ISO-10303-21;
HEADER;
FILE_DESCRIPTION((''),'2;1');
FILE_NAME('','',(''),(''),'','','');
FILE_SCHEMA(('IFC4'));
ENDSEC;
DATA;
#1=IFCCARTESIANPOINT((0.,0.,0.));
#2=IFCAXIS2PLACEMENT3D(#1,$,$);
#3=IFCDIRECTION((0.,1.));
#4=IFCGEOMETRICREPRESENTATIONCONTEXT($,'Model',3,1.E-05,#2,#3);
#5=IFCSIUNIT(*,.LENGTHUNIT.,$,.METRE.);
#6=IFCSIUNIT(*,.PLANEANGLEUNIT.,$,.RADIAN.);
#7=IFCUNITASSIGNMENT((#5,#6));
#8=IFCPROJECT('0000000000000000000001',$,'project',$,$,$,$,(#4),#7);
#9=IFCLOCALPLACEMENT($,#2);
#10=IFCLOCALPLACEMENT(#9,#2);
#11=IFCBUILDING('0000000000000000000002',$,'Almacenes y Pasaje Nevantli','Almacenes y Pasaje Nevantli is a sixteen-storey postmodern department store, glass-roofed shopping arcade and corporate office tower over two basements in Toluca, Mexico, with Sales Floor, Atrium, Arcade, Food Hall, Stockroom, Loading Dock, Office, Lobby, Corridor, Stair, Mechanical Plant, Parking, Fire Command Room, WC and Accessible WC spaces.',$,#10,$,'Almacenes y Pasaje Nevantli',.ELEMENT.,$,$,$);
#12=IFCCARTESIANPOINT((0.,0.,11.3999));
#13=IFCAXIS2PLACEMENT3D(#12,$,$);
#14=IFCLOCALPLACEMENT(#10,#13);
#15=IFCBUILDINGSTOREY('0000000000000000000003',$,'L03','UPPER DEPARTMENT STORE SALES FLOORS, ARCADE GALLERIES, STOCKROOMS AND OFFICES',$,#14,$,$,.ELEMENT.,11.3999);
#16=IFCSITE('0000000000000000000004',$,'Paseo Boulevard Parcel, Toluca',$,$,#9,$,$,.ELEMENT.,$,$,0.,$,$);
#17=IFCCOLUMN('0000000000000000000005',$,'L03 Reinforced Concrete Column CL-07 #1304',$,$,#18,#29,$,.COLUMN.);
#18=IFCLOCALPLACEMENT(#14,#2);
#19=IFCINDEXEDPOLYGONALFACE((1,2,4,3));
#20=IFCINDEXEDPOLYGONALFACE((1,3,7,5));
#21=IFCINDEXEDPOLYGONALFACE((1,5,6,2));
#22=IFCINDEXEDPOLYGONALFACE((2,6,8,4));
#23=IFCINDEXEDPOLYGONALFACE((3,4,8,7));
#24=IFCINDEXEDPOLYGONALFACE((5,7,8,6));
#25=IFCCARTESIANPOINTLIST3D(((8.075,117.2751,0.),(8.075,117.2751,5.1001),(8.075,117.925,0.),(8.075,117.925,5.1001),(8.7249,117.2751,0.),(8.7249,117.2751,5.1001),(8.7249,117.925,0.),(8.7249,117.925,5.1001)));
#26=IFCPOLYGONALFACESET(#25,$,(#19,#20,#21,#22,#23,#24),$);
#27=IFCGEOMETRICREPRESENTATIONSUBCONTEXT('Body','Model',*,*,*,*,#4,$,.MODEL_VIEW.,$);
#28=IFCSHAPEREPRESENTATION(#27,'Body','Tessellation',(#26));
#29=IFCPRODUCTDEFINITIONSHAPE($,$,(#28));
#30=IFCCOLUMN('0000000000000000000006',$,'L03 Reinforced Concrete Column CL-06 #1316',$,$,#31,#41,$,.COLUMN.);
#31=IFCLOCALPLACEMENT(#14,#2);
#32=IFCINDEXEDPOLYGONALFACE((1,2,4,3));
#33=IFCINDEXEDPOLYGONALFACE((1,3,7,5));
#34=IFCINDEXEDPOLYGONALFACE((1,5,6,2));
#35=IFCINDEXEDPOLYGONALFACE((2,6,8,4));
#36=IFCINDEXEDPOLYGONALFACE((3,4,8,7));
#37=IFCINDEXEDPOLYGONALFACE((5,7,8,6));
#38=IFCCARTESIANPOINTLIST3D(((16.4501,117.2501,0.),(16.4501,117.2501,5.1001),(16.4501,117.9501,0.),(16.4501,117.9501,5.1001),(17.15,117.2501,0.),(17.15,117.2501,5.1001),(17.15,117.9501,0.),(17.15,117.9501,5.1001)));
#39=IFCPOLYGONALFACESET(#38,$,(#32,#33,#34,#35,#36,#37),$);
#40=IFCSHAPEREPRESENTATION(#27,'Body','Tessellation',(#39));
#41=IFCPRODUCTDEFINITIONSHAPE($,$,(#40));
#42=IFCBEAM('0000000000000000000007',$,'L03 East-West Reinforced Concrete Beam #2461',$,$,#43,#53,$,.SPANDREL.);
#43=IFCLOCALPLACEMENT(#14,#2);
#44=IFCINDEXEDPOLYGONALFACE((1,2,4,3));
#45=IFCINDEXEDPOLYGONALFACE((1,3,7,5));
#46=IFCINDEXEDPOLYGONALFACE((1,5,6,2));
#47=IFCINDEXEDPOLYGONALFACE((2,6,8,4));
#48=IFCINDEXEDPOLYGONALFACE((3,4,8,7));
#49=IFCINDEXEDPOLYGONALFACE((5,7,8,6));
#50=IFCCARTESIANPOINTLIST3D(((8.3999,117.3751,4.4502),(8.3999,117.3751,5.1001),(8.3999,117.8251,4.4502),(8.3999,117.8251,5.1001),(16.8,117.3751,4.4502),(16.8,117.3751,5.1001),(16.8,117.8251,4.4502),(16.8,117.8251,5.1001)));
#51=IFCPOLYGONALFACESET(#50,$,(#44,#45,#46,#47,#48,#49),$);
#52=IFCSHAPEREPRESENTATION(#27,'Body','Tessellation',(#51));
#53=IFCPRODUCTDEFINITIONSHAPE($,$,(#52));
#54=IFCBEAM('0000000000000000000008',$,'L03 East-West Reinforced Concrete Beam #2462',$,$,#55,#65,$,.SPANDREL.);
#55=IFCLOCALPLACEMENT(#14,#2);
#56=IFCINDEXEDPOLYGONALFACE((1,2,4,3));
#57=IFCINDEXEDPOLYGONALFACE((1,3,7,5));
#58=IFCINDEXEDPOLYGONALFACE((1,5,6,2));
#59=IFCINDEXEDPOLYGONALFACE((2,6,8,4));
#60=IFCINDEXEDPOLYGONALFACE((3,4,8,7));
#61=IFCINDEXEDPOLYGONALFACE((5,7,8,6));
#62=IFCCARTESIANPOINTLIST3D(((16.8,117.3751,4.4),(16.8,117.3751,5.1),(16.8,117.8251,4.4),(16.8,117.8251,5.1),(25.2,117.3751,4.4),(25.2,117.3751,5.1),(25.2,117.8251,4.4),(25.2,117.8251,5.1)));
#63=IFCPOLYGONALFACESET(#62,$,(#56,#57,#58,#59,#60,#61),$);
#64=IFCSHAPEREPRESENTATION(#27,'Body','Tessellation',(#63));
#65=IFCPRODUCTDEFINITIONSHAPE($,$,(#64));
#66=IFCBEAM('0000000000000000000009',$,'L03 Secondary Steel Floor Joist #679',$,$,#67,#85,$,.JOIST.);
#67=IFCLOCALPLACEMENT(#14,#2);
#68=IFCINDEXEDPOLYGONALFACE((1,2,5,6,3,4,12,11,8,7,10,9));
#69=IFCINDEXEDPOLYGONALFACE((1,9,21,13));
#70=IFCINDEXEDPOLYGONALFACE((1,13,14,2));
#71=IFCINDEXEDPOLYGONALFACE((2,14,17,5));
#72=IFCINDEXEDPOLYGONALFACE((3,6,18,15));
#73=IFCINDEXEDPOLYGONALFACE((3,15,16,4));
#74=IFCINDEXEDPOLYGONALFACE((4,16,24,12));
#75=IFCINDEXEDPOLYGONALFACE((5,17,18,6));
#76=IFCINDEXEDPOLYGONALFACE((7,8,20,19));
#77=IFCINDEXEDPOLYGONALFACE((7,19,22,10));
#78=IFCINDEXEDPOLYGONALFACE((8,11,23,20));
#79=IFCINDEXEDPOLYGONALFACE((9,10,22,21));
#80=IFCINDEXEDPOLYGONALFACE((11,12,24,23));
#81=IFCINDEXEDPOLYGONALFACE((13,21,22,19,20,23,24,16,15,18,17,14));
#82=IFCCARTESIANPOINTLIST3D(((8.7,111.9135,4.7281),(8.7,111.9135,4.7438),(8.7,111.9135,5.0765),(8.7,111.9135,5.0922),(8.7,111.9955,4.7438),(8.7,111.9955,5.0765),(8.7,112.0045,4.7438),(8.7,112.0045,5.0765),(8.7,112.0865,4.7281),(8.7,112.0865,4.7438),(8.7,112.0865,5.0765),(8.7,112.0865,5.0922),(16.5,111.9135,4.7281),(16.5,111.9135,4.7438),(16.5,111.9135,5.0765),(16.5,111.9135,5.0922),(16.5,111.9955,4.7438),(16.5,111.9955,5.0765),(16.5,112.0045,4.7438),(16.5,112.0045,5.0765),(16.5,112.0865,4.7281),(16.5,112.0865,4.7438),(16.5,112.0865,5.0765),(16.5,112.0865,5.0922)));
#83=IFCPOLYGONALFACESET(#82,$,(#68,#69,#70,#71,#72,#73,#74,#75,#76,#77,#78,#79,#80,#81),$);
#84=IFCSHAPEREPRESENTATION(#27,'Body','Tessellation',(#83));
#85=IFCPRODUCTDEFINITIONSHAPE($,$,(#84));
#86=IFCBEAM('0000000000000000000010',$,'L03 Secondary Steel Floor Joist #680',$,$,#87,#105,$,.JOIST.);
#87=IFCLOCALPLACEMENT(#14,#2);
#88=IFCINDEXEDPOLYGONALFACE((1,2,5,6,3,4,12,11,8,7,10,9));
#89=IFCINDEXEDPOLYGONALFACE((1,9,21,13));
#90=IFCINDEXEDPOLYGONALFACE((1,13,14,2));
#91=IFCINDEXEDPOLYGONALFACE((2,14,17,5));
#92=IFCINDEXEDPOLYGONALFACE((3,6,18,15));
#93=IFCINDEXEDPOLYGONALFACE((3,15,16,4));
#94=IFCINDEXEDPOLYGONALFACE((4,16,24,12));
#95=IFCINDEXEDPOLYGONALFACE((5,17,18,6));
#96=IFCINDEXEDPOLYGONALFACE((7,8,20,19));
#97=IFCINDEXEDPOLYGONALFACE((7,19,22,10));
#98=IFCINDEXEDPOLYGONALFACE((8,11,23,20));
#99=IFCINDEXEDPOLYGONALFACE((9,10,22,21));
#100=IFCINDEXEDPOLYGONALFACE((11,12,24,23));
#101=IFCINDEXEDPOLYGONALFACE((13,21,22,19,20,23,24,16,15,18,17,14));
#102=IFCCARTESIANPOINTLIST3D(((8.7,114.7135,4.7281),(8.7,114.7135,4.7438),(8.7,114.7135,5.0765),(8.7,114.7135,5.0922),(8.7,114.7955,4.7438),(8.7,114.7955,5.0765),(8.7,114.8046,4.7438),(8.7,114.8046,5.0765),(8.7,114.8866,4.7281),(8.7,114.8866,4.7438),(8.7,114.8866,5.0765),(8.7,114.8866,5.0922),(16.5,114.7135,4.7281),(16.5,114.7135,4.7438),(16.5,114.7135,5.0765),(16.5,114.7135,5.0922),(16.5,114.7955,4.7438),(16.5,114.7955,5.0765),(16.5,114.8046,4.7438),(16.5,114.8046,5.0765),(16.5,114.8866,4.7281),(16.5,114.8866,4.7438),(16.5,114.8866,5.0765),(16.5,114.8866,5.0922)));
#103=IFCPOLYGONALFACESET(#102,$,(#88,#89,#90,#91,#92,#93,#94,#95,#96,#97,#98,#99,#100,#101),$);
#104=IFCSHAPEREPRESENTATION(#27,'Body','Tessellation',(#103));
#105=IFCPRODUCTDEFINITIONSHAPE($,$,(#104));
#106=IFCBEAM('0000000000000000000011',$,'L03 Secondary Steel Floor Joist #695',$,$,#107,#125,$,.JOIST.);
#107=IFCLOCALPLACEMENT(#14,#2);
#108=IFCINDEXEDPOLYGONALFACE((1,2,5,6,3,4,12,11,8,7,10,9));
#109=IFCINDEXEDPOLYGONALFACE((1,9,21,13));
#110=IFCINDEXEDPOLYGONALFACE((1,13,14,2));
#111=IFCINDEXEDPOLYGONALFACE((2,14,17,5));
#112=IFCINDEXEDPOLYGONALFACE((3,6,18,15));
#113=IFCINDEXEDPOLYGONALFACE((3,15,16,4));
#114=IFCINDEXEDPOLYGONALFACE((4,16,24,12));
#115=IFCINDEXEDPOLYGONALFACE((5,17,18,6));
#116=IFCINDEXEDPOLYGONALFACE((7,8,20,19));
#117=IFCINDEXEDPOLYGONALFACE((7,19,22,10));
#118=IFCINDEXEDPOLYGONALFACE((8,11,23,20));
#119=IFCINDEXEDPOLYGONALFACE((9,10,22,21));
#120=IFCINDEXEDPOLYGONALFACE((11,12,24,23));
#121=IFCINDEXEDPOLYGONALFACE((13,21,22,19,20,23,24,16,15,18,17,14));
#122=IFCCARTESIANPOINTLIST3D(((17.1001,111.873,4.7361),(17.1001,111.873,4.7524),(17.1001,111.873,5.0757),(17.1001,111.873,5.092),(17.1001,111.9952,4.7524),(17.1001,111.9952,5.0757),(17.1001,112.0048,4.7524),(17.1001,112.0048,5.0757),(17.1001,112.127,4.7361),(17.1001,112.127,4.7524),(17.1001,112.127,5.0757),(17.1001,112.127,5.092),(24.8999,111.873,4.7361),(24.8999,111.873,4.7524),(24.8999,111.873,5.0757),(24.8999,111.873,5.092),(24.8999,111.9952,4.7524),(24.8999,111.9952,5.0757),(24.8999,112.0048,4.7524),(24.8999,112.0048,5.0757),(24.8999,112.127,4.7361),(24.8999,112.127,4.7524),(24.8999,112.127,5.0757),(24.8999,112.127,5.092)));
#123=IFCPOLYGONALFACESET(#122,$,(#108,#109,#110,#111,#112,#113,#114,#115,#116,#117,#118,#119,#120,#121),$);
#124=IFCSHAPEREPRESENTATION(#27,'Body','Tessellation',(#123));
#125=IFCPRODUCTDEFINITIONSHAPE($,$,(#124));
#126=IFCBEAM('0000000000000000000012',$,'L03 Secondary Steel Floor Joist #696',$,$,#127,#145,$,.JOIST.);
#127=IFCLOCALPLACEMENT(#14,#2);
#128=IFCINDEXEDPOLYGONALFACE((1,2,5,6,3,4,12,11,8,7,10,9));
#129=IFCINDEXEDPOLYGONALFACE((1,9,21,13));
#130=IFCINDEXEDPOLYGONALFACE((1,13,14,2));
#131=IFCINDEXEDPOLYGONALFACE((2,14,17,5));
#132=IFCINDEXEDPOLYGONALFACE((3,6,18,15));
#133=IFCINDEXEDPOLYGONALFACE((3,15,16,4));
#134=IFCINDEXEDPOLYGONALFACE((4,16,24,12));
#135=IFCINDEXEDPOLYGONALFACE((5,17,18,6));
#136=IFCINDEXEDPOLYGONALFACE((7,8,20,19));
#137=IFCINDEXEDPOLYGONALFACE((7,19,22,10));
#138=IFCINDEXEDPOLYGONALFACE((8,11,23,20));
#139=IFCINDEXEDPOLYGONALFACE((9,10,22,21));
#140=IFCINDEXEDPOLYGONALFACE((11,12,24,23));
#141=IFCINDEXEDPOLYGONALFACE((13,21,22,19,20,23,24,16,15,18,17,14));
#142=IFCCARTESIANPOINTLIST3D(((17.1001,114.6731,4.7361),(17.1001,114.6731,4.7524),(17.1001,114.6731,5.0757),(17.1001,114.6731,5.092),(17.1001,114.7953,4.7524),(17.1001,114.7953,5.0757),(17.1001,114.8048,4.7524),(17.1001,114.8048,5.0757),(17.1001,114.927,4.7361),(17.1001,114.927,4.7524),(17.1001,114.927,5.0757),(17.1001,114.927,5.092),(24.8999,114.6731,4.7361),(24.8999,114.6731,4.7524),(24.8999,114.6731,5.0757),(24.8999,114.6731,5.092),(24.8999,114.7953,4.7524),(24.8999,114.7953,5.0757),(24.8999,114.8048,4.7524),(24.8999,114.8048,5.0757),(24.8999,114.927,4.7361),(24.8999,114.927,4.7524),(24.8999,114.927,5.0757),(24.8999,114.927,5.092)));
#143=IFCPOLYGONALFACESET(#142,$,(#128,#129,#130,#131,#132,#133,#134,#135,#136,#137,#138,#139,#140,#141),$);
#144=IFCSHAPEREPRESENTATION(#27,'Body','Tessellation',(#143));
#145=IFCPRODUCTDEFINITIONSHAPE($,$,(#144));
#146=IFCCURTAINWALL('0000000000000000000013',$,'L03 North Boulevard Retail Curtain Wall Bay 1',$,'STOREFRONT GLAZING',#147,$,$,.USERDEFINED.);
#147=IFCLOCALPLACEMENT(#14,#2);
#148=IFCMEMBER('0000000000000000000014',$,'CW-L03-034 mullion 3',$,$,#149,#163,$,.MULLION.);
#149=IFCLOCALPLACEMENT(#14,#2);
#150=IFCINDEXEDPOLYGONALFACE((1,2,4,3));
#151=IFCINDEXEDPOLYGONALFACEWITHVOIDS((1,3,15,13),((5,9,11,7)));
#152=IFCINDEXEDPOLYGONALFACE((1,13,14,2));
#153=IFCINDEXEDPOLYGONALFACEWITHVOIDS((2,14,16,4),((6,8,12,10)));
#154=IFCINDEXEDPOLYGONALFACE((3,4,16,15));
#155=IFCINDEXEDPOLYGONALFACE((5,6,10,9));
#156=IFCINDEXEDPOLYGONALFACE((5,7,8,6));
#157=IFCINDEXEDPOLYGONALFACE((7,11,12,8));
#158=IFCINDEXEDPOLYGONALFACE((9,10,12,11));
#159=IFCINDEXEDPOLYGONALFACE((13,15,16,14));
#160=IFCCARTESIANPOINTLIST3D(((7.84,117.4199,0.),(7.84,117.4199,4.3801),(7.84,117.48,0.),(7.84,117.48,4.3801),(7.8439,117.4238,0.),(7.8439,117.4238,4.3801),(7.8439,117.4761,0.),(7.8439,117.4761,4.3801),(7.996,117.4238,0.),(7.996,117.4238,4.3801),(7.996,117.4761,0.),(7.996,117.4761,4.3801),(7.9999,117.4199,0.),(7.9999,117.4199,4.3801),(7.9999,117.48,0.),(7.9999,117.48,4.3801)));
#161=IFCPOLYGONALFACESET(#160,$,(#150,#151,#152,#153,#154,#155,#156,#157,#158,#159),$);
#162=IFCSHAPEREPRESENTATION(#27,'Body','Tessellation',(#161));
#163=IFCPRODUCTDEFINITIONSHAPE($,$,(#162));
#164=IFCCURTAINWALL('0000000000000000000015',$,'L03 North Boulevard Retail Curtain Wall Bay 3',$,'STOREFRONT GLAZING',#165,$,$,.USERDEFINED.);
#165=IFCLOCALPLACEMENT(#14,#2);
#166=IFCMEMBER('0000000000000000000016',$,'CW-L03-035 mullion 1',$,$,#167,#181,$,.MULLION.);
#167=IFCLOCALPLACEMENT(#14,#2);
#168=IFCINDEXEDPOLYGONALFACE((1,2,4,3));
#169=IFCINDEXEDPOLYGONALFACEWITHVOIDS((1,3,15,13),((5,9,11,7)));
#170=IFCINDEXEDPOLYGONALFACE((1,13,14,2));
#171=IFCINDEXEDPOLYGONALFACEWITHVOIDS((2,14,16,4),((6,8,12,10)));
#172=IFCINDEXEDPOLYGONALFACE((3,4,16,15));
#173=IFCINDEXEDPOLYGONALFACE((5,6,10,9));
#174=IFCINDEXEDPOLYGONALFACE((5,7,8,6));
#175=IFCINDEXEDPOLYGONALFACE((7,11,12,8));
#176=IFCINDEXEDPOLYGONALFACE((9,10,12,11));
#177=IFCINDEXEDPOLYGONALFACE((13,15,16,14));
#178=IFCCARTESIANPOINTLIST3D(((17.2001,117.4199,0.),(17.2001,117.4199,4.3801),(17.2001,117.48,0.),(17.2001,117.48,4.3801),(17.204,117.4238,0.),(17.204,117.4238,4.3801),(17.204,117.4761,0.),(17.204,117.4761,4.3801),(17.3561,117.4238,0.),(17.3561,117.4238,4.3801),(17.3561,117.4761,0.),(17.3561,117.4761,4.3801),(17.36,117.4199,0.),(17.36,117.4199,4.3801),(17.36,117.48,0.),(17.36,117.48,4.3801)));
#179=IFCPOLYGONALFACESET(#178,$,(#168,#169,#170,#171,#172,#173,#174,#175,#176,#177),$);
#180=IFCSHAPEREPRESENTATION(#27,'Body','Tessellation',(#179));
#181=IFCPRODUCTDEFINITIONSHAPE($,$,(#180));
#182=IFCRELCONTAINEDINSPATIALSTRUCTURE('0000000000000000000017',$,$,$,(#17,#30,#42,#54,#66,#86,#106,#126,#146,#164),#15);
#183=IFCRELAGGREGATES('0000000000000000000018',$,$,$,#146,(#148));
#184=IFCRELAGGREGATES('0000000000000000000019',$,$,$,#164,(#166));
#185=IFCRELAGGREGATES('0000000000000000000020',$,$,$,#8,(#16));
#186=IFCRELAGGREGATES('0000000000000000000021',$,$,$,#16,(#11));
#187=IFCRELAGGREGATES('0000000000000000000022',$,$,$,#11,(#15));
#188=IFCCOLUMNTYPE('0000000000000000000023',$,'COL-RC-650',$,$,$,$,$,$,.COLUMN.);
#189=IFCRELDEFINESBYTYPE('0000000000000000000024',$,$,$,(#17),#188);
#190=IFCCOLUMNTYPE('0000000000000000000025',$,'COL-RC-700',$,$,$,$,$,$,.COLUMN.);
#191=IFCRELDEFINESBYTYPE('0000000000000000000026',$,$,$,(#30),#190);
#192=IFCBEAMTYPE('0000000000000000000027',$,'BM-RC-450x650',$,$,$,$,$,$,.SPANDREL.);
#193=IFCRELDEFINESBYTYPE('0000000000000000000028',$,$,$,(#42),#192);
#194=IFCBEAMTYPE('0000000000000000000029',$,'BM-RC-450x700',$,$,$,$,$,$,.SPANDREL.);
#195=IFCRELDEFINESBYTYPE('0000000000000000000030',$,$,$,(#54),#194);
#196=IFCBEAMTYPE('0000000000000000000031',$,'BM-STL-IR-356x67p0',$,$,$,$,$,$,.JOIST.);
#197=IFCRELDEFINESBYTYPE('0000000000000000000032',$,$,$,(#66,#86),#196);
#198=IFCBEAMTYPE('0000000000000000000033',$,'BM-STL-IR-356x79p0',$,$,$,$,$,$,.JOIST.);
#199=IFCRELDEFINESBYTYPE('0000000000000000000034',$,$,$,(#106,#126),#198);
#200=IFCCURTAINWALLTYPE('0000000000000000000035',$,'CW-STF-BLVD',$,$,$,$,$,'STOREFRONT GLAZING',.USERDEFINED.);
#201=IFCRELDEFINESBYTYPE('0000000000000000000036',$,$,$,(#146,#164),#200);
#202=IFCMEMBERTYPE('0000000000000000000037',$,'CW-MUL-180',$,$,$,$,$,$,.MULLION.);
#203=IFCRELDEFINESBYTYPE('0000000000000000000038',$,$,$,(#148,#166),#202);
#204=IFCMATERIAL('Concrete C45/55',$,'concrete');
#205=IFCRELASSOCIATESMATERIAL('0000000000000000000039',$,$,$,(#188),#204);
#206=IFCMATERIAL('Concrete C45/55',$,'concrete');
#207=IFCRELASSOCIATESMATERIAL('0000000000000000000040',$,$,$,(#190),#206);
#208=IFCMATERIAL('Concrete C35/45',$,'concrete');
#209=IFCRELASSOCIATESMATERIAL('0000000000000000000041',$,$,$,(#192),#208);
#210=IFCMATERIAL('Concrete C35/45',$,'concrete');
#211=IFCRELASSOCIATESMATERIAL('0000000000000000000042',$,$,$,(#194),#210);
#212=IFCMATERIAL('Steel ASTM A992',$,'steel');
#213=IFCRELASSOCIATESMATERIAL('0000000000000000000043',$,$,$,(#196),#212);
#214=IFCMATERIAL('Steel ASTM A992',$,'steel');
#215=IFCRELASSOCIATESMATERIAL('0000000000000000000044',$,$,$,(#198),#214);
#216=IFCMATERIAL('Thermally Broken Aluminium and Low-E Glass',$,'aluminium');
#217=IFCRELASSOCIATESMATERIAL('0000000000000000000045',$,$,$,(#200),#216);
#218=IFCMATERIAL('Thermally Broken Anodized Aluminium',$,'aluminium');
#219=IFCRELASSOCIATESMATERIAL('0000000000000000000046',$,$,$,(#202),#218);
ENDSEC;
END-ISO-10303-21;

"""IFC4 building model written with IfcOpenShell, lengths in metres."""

from ifc_helpers import new_model, si_unit, direction, frame, origin, origin_2d, place, context, subcontext, project, spatial, rectangle, hollow_rectangle, i_section, extrude, material, material_profile, profile_set, type_object, element, aggregate, save


model = new_model("IFC4")

# Units and contexts
model_context = context("Model", 3, precision=1e-05, world=origin(), true_north=direction((0.0, 1.0)))
body_context = subcontext(model_context, "Body", "Model", "MODEL_VIEW")
ifc_project = project(units=[si_unit("LENGTHUNIT", "METRE"), si_unit("PLANEANGLEUNIT", "RADIAN")], contexts=[model_context])

# Site, building, storey
site_placement = place(None, origin())
site = spatial("IfcSite", under=ifc_project, at=site_placement, Name="Paseo Boulevard Parcel, Toluca", CompositionType="ELEMENT", RefElevation=0.0)
building_placement = place(site_placement, origin())
building = spatial("IfcBuilding", under=site, at=building_placement, Name="Almacenes y Pasaje Nevantli", Description="Almacenes y Pasaje Nevantli is a sixteen-storey postmodern department store, glass-roofed shopping arcade and corporate office tower over two basements in Toluca, Mexico, with Sales Floor, Atrium, Arcade, Food Hall, Stockroom, Loading Dock, Office, Lobby, Corridor, Stair, Mechanical Plant, Parking, Fire Command Room, WC and Accessible WC spaces.", LongName="Almacenes y Pasaje Nevantli", CompositionType="ELEMENT")
storey_placement = place(building_placement, frame((0.0, 0.0, 11.3999)))
storey = spatial("IfcBuildingStorey", under=building, at=storey_placement, Name="L03", Description="UPPER DEPARTMENT STORE SALES FLOORS, ARCADE GALLERIES, STOCKROOMS AND OFFICES", CompositionType="ELEMENT", Elevation=11.3999)

# Columns
ifc_material_1 = material(Name="Concrete C45/55", Category="concrete")
ifc_material_profile_1 = material_profile(ifc_material_1, rectangle(XDim=0.6499, YDim=0.6499, at=origin_2d()), Name="RC-COL-650x650")
ifc_profile_set_1 = profile_set([ifc_material_profile_1], Name="Concrete C45/55")
column_type_1 = type_object("IfcColumnType", Name="COL-RC-650", PredefinedType="COLUMN", material=ifc_profile_set_1)
column_1_placement = place(storey_placement, frame((8.3999, 117.6001, 0.0), z_axis=(0.0, 0.0, 1.0), x_axis=(1.0, 0.0, 0.0)))
element("IfcColumn", 1, at=column_1_placement, inside=storey, type_object=column_type_1, Name="L03 Reinforced Concrete Column CL-07 #1304", PredefinedType="COLUMN", context=body_context, shape_type="SweptSolid", body=[
    extrude(rectangle(XDim=0.6499, YDim=0.6499, at=origin_2d()), origin(), (0.0, 0.0, 1.0), 5.1001),
])
ifc_material_2 = material(Name="Concrete C45/55", Category="concrete")
ifc_material_profile_2 = material_profile(ifc_material_2, rectangle(XDim=0.7, YDim=0.7, at=origin_2d()), Name="RC-COL-700x700")
ifc_profile_set_2 = profile_set([ifc_material_profile_2], Name="Concrete C45/55")
column_type_2 = type_object("IfcColumnType", Name="COL-RC-700", PredefinedType="COLUMN", material=ifc_profile_set_2)
column_2_placement = place(storey_placement, frame((16.8, 117.6001, 0.0), z_axis=(0.0, 0.0, 1.0), x_axis=(1.0, 0.0, 0.0)))
element("IfcColumn", 2, at=column_2_placement, inside=storey, type_object=column_type_2, Name="L03 Reinforced Concrete Column CL-06 #1316", PredefinedType="COLUMN", context=body_context, shape_type="SweptSolid", body=[
    extrude(rectangle(XDim=0.7, YDim=0.7, at=origin_2d()), origin(), (0.0, 0.0, 1.0), 5.1001),
])

# Beams
ifc_material_3 = material(Name="Concrete C35/45", Category="concrete")
ifc_material_profile_3 = material_profile(ifc_material_3, rectangle(XDim=0.45, YDim=0.6499, at=origin_2d()), Name="RC-BM-450x650")
ifc_profile_set_3 = profile_set([ifc_material_profile_3], Name="Concrete C35/45")
beam_type_1 = type_object("IfcBeamType", Name="BM-RC-450x650", PredefinedType="SPANDREL", material=ifc_profile_set_3)
beam_1_placement = place(storey_placement, frame((8.3999, 117.6001, 4.7751), z_axis=(1.0, 0.0, 0.0), x_axis=(0.0, 1.0, 0.0)))
element("IfcBeam", 3, at=beam_1_placement, inside=storey, type_object=beam_type_1, Name="L03 East-West Reinforced Concrete Beam #2461", PredefinedType="SPANDREL", context=body_context, shape_type="SweptSolid", body=[
    extrude(rectangle(XDim=0.45, YDim=0.6499, at=origin_2d()), origin(), (0.0, 0.0, 1.0), 8.4001),
])
ifc_material_4 = material(Name="Concrete C35/45", Category="concrete")
ifc_material_profile_4 = material_profile(ifc_material_4, rectangle(XDim=0.45, YDim=0.7, at=origin_2d()), Name="RC-BM-450x700")
ifc_profile_set_4 = profile_set([ifc_material_profile_4], Name="Concrete C35/45")
beam_type_2 = type_object("IfcBeamType", Name="BM-RC-450x700", PredefinedType="SPANDREL", material=ifc_profile_set_4)
beam_2_placement = place(storey_placement, frame((16.8, 117.6001, 4.75), z_axis=(1.0, 0.0, 0.0), x_axis=(0.0, 1.0, 0.0)))
element("IfcBeam", 4, at=beam_2_placement, inside=storey, type_object=beam_type_2, Name="L03 East-West Reinforced Concrete Beam #2462", PredefinedType="SPANDREL", context=body_context, shape_type="SweptSolid", body=[
    extrude(rectangle(XDim=0.45, YDim=0.7, at=origin_2d()), origin(), (0.0, 0.0, 1.0), 8.3999),
])
ifc_material_5 = material(Name="Steel ASTM A992", Category="steel")
ifc_material_profile_5 = material_profile(ifc_material_5, i_section(OverallWidth=0.1731, OverallDepth=0.364, WebThickness=0.009, FlangeThickness=0.0156, at=origin_2d()), Name="IR 356x67.0")
ifc_profile_set_5 = profile_set([ifc_material_profile_5], Name="Steel ASTM A992")
beam_type_3 = type_object("IfcBeamType", Name="BM-STL-IR-356x67p0", PredefinedType="JOIST", material=ifc_profile_set_5)
for number, where, z_axis, x_axis, name in (
    (5, (8.7, 112.0, 4.9102), (1.0, 0.0, 0.0), (0.0, 1.0, 0.0), "L03 Secondary Steel Floor Joist #679"),
    (6, (8.7, 114.8, 4.9102), (1.0, 0.0, 0.0), (0.0, 1.0, 0.0), "L03 Secondary Steel Floor Joist #680"),
):
    element("IfcBeam", number, at=place(storey_placement, frame(where, z_axis=z_axis, x_axis=x_axis)), inside=storey, type_object=beam_type_3, Name=name, PredefinedType="JOIST", context=body_context, shape_type="SweptSolid", body=[
        extrude(i_section(OverallWidth=0.1731, OverallDepth=0.364, WebThickness=0.009, FlangeThickness=0.0156, at=origin_2d()), origin(), (0.0, 0.0, 1.0), 7.8),
    ])
ifc_material_6 = material(Name="Steel ASTM A992", Category="steel")
ifc_material_profile_6 = material_profile(ifc_material_6, i_section(OverallWidth=0.2539, OverallDepth=0.356, WebThickness=0.0095, FlangeThickness=0.0164, at=origin_2d()), Name="IR 356x79.0")
ifc_profile_set_6 = profile_set([ifc_material_profile_6], Name="Steel ASTM A992")
beam_type_4 = type_object("IfcBeamType", Name="BM-STL-IR-356x79p0", PredefinedType="JOIST", material=ifc_profile_set_6)
for number, where, z_axis, x_axis, name in (
    (7, (17.1001, 112.0, 4.9141), (1.0, 0.0, 0.0), (0.0, 1.0, 0.0), "L03 Secondary Steel Floor Joist #695"),
    (8, (17.1001, 114.8, 4.9141), (1.0, 0.0, 0.0), (0.0, 1.0, 0.0), "L03 Secondary Steel Floor Joist #696"),
):
    element("IfcBeam", number, at=place(storey_placement, frame(where, z_axis=z_axis, x_axis=x_axis)), inside=storey, type_object=beam_type_4, Name=name, PredefinedType="JOIST", context=body_context, shape_type="SweptSolid", body=[
        extrude(i_section(OverallWidth=0.2539, OverallDepth=0.356, WebThickness=0.0095, FlangeThickness=0.0164, at=origin_2d()), origin(), (0.0, 0.0, 1.0), 7.7998),
    ])

# Curtain wall, member
ifc_material_7 = material(Name="Thermally Broken Aluminium and Low-E Glass", Category="aluminium")
curtain_wall_type = type_object("IfcCurtainWallType", Name="CW-STF-BLVD", ElementType="STOREFRONT GLAZING", PredefinedType="USERDEFINED", material=ifc_material_7)
curtain_wall_1_placement = place(storey_placement, origin())
curtain_wall_1 = element("IfcCurtainWall", 9, at=curtain_wall_1_placement, inside=storey, type_object=curtain_wall_type, Name="L03 North Boulevard Retail Curtain Wall Bay 1", ObjectType="STOREFRONT GLAZING", PredefinedType="USERDEFINED")
ifc_material_8 = material(Name="Thermally Broken Anodized Aluminium", Category="aluminium")
ifc_material_profile_7 = material_profile(ifc_material_8, hollow_rectangle(XDim=0.0601, YDim=0.1599, WallThickness=0.0039, at=origin_2d()), Name="ALU-MUL-60x160")
ifc_profile_set_7 = profile_set([ifc_material_profile_7], Name="Thermally Broken Anodized Aluminium")
member_type_1 = type_object("IfcMemberType", Name="CW-MUL-180", PredefinedType="MULLION", material=ifc_profile_set_7)
member_1_placement = place(storey_placement, frame((7.9199, 117.45, 0.0), z_axis=(0.0, 0.0, 1.0), x_axis=(0.0, 1.0, 0.0)))
member_1 = element("IfcMember", 10, at=member_1_placement, type_object=member_type_1, Name="CW-L03-034 mullion 3", PredefinedType="MULLION", context=body_context, shape_type="SweptSolid", body=[
    extrude(hollow_rectangle(XDim=0.0601, YDim=0.1599, WallThickness=0.0039, at=origin_2d()), origin(), (0.0, 0.0, 1.0), 4.3801),
])
aggregate(curtain_wall_1, [member_1])

# Curtain wall, member
curtain_wall_2_placement = place(storey_placement, origin())
curtain_wall_2 = element("IfcCurtainWall", 11, at=curtain_wall_2_placement, inside=storey, type_object=curtain_wall_type, Name="L03 North Boulevard Retail Curtain Wall Bay 3", ObjectType="STOREFRONT GLAZING", PredefinedType="USERDEFINED")
member_2_placement = place(storey_placement, frame((17.28, 117.45, 0.0), z_axis=(0.0, 0.0, 1.0), x_axis=(0.0, 1.0, 0.0)))
member_2 = element("IfcMember", 12, at=member_2_placement, type_object=member_type_1, Name="CW-L03-035 mullion 1", PredefinedType="MULLION", context=body_context, shape_type="SweptSolid", body=[
    extrude(hollow_rectangle(XDim=0.0601, YDim=0.1599, WallThickness=0.0039, at=origin_2d()), origin(), (0.0, 0.0, 1.0), 4.3801),
])
aggregate(curtain_wall_2, [member_2])

save(model, "model.ifc")
